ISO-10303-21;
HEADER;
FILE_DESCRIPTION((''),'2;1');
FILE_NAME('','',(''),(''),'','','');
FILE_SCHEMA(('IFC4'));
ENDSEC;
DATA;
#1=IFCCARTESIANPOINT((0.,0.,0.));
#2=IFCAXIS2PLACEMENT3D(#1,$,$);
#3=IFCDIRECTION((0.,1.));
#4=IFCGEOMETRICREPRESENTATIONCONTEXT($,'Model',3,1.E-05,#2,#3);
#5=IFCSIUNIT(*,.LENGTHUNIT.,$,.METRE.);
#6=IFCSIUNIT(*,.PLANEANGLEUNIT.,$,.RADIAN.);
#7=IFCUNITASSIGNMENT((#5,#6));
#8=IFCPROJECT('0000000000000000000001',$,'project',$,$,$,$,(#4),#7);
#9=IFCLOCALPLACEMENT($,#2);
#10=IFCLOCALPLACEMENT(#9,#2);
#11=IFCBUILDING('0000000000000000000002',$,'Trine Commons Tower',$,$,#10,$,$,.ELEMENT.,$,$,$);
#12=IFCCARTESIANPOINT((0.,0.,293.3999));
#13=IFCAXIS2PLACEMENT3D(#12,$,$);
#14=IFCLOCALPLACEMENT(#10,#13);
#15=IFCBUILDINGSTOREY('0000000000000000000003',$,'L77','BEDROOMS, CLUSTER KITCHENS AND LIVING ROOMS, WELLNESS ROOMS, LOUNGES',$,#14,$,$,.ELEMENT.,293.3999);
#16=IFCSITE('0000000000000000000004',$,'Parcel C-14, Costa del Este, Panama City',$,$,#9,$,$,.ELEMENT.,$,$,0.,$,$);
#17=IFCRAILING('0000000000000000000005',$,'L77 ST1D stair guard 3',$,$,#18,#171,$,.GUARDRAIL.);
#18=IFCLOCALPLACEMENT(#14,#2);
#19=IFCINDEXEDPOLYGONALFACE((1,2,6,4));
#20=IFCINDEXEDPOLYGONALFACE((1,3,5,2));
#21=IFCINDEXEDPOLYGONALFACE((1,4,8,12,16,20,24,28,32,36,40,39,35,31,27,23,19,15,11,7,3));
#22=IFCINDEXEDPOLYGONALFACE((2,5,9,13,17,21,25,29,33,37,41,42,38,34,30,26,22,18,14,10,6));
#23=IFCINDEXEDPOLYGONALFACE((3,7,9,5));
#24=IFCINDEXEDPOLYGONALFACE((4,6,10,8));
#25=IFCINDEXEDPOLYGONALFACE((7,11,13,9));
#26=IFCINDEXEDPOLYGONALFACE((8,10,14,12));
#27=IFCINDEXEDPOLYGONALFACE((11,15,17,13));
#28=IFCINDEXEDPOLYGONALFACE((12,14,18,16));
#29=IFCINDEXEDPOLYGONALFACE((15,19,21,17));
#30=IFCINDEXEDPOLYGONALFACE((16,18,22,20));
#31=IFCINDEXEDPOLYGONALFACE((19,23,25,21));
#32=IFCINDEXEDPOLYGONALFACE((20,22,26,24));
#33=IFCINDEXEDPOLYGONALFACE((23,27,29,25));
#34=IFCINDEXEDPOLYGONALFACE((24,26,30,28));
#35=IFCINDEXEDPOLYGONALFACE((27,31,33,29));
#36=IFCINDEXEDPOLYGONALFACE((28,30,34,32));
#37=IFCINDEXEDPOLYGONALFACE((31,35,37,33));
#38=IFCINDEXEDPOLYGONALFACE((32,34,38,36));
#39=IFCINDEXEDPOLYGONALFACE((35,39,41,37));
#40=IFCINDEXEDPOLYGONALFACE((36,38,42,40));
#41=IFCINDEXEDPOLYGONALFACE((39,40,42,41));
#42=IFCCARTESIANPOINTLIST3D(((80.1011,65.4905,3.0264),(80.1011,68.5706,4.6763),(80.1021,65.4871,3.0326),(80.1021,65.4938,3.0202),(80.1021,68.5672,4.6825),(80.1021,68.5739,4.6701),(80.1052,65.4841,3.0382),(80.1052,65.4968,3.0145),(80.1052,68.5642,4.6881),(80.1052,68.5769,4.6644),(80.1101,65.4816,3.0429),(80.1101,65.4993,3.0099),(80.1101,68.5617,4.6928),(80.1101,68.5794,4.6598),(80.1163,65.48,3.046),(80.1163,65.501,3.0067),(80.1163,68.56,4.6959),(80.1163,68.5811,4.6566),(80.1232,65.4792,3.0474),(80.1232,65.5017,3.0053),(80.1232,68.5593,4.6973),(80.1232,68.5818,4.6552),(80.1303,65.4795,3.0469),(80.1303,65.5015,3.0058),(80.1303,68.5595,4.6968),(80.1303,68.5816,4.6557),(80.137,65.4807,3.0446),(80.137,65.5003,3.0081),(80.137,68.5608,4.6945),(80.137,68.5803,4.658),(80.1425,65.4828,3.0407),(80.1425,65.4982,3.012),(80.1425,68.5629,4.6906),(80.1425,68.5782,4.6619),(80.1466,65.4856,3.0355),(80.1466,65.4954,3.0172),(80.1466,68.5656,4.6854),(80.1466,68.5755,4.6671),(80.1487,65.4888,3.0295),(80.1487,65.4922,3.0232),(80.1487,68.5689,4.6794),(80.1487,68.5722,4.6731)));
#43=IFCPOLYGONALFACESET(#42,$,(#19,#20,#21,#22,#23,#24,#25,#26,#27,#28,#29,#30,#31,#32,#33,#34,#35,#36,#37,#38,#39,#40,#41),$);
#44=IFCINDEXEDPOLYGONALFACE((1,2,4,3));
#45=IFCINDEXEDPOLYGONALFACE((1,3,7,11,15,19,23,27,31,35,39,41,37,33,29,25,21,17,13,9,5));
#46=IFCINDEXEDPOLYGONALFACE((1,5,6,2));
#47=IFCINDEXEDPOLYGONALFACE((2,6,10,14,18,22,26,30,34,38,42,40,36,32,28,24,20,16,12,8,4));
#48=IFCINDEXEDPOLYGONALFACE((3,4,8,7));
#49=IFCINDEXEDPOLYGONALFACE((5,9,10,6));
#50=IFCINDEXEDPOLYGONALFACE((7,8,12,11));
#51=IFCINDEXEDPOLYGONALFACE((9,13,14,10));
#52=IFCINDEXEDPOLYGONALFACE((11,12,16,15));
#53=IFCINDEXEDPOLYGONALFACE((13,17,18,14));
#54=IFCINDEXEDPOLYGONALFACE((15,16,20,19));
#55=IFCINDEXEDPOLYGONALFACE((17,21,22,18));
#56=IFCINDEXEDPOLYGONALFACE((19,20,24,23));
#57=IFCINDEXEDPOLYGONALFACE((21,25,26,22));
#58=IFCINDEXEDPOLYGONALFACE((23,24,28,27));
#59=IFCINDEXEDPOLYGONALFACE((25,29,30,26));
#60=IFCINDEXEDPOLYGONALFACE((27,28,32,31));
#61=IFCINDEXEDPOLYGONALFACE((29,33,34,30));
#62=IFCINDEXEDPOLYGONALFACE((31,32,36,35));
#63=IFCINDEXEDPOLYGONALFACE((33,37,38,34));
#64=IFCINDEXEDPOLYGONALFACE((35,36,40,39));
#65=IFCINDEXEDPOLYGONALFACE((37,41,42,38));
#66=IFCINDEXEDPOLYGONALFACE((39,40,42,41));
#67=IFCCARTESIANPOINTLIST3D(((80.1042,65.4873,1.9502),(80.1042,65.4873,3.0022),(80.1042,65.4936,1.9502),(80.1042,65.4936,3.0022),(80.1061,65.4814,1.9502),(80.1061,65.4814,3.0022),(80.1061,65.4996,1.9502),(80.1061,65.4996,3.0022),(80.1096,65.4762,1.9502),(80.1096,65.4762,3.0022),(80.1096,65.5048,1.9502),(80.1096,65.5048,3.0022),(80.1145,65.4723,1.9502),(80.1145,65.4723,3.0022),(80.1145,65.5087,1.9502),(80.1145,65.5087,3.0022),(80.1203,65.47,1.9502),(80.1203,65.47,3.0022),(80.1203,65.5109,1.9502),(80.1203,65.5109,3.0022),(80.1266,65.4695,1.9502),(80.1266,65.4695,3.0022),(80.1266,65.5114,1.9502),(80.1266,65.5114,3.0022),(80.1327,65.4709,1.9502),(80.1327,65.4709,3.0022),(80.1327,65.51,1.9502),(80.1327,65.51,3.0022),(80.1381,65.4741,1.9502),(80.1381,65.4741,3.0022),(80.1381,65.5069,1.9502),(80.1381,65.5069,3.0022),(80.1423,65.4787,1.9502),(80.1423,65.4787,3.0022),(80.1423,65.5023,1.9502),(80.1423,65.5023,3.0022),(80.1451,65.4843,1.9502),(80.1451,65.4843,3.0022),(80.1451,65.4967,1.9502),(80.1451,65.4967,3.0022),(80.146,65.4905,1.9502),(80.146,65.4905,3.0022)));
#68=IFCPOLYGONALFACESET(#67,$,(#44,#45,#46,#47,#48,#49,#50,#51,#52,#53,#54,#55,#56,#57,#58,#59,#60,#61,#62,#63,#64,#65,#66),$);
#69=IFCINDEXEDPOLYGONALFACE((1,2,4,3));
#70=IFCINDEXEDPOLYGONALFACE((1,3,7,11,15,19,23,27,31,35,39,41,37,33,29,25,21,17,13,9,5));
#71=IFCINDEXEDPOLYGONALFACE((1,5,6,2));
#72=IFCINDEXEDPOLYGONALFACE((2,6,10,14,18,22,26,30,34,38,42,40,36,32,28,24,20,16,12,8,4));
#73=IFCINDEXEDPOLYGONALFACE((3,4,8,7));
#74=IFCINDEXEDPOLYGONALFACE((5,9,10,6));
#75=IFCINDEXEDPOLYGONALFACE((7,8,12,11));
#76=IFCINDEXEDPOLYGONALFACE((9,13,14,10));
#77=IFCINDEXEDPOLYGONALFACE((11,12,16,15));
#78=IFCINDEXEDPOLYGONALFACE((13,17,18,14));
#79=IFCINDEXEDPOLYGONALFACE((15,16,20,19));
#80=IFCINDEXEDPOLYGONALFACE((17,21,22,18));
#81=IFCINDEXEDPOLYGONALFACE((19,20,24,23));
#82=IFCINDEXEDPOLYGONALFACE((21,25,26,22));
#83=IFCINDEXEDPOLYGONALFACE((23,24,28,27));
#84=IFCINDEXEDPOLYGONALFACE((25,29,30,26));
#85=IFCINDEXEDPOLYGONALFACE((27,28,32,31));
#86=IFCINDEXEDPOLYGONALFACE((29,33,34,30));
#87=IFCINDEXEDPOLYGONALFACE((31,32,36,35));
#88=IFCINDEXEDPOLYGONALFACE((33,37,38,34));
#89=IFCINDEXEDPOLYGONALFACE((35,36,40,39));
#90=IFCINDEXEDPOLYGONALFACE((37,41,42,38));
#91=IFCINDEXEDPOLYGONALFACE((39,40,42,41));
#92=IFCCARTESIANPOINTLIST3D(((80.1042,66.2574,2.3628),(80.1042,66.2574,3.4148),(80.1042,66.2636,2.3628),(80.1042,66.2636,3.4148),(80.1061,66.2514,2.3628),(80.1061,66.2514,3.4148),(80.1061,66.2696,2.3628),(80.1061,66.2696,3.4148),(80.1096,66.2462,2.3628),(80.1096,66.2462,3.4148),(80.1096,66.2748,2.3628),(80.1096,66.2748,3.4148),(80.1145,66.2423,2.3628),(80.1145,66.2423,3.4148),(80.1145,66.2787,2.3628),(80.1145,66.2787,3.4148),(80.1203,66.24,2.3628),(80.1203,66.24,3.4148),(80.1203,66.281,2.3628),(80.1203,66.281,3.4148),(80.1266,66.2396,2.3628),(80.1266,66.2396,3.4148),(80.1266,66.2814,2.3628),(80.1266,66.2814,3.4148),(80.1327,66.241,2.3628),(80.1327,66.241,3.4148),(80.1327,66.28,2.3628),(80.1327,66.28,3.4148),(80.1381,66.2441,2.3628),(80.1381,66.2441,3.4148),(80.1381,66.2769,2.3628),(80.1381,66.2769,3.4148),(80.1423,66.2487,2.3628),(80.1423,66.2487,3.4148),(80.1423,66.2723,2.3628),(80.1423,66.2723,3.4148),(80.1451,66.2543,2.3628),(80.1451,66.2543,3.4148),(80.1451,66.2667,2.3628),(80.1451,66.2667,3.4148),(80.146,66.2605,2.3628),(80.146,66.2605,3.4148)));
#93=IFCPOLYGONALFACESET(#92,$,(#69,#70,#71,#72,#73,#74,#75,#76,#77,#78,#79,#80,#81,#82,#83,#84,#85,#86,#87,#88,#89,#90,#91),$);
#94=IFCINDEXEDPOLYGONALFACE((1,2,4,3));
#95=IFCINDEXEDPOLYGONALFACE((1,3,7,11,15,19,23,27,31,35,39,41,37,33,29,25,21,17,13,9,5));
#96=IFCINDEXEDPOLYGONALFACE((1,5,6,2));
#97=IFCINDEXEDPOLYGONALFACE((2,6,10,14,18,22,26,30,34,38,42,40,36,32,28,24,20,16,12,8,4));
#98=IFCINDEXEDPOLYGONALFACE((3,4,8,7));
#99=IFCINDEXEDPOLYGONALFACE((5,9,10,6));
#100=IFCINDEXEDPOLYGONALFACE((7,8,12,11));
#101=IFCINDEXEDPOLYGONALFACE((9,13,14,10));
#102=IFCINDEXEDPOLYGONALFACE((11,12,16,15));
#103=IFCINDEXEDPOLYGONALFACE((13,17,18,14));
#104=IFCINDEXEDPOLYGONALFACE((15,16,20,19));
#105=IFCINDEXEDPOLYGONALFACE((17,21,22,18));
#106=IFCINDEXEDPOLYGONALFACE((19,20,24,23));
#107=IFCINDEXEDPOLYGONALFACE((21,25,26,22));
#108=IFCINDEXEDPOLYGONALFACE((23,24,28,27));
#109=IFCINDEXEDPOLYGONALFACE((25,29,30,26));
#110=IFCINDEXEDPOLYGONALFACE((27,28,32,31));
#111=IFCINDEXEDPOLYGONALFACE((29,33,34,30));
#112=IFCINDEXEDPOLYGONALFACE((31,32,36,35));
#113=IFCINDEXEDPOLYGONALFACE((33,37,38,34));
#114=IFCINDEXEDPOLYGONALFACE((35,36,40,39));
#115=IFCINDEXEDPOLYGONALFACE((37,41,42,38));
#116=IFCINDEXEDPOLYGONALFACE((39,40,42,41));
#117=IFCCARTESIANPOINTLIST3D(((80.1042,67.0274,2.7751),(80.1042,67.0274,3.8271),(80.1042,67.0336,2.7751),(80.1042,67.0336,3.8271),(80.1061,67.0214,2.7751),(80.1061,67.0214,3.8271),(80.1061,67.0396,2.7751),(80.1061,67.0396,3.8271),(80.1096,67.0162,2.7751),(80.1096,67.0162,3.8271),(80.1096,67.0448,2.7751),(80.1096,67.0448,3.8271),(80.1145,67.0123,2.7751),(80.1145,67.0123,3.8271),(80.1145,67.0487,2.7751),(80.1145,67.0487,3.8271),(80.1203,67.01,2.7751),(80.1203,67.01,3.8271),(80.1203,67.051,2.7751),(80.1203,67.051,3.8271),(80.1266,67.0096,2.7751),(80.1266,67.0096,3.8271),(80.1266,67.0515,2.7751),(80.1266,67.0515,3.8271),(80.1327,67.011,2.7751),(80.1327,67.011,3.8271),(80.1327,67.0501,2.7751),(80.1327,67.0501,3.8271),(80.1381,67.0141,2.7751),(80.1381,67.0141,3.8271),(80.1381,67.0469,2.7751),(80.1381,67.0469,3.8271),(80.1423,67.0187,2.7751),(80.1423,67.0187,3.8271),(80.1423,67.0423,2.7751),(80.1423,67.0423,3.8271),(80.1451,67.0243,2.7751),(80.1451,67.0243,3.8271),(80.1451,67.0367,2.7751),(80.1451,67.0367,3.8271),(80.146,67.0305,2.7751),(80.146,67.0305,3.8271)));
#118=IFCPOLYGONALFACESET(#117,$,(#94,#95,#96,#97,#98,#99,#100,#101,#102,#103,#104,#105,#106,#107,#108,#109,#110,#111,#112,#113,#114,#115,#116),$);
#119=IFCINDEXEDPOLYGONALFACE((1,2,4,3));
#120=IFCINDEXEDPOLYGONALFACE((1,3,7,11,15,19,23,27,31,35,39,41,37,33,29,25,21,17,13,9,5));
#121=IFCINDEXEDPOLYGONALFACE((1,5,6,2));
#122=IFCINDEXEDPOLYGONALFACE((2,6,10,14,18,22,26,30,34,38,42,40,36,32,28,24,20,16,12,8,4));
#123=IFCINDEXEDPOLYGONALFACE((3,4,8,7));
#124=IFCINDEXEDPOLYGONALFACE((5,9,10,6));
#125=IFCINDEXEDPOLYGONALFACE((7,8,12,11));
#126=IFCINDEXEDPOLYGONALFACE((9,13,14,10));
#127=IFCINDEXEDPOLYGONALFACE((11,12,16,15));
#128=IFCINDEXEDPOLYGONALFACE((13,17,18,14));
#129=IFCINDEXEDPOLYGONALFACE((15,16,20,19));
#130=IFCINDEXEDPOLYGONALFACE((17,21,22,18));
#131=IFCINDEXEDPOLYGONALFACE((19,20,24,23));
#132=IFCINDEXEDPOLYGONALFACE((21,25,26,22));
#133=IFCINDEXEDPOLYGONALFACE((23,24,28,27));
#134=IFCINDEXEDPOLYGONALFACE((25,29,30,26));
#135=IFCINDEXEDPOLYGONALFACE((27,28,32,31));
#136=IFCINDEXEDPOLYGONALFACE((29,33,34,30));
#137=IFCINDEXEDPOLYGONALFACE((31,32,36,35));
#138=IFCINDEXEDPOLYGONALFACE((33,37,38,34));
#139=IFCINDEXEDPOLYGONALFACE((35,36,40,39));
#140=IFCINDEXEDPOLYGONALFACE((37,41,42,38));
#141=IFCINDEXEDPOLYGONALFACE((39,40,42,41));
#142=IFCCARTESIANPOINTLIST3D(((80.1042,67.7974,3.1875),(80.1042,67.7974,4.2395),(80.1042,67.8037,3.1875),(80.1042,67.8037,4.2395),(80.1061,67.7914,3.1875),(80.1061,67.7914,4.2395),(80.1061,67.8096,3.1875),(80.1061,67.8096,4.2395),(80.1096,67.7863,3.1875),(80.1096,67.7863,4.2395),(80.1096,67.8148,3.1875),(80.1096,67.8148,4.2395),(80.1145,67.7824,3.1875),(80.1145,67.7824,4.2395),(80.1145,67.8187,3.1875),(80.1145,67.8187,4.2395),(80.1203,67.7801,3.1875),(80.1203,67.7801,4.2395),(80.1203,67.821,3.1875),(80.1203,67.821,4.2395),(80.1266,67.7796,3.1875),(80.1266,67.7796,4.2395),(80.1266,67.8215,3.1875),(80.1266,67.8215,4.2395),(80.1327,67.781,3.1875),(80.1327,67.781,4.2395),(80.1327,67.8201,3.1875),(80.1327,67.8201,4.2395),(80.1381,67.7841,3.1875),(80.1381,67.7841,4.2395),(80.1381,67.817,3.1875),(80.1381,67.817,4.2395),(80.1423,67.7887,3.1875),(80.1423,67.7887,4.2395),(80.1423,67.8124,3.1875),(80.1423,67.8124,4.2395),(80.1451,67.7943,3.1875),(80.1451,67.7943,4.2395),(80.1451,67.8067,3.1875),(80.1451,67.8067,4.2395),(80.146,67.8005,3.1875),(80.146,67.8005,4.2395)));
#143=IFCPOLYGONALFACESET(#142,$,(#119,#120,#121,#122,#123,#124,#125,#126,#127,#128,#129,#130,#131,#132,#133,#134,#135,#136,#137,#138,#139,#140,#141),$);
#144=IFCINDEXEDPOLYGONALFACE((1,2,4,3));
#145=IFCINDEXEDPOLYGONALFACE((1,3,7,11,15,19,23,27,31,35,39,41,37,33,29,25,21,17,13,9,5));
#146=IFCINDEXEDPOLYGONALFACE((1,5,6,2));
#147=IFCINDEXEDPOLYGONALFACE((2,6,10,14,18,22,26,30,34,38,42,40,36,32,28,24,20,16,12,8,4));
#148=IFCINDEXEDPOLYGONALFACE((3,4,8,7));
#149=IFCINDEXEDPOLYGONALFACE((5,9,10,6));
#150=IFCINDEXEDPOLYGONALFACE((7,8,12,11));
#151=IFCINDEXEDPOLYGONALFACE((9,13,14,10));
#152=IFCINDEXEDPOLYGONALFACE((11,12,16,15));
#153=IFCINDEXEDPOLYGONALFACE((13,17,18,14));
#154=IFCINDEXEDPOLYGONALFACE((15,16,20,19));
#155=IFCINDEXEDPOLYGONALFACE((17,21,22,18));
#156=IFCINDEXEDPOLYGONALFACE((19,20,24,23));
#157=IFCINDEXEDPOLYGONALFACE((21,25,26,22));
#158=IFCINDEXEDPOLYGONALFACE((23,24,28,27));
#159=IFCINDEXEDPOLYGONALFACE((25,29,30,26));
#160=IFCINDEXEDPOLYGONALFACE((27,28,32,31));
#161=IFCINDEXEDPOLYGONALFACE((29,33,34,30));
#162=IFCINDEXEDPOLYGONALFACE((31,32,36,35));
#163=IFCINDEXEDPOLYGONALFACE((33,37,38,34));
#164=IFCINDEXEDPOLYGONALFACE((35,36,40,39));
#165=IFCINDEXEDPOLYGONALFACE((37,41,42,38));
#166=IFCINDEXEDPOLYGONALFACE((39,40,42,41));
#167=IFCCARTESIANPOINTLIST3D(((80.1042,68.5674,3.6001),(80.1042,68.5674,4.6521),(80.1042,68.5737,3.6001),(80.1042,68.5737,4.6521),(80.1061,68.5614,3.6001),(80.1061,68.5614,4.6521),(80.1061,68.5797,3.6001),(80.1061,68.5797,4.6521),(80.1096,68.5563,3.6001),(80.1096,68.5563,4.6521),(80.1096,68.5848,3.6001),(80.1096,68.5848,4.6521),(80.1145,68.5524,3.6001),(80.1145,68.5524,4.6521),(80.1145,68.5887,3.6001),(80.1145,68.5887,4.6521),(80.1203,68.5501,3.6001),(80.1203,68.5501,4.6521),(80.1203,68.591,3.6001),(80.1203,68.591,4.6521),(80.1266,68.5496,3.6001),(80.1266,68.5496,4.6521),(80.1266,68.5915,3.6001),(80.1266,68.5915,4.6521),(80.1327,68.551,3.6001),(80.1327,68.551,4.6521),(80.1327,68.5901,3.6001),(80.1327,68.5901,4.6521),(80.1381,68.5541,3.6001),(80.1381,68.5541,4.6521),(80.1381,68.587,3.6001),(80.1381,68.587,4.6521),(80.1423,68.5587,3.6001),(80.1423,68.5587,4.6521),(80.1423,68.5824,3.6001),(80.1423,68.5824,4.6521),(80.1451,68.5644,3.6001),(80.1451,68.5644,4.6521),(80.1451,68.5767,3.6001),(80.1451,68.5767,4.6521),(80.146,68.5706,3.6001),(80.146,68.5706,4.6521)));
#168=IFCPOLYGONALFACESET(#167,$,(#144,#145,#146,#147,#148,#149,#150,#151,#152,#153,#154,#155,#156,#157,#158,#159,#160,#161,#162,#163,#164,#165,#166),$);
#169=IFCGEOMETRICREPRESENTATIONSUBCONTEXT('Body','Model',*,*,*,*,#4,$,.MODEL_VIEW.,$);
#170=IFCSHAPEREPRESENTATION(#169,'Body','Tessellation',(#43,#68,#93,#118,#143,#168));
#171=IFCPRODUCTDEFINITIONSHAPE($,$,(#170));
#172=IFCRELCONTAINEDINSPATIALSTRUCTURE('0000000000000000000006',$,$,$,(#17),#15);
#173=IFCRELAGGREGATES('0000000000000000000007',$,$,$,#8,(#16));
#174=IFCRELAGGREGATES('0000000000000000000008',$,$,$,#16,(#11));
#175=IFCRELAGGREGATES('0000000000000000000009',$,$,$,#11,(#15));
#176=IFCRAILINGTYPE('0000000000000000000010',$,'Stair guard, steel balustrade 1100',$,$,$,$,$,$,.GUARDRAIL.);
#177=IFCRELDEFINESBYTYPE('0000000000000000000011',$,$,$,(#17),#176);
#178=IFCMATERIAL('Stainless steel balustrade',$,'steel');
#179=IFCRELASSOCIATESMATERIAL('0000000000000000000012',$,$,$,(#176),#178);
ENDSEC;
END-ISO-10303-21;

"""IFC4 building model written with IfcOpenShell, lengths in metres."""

from ifc_helpers import new_model, si_unit, direction, frame, origin, origin_2d, place, context, subcontext, project, spatial, circle, extrude, material, type_object, element, save


model = new_model("IFC4")

# Units and contexts
model_context = context("Model", 3, precision=1e-05, world=origin(), true_north=direction((0.0, 1.0)))
body_context = subcontext(model_context, "Body", "Model", "MODEL_VIEW")
ifc_project = project(units=[si_unit("LENGTHUNIT", "METRE"), si_unit("PLANEANGLEUNIT", "RADIAN")], contexts=[model_context])

# Site, building, storey
site_placement = place(None, origin())
site = spatial("IfcSite", under=ifc_project, at=site_placement, Name="Parcel C-14, Costa del Este, Panama City", CompositionType="ELEMENT", RefElevation=0.0)
building_placement = place(site_placement, origin())
building = spatial("IfcBuilding", under=site, at=building_placement, Name="Trine Commons Tower", CompositionType="ELEMENT")
storey_placement = place(building_placement, frame((0.0, 0.0, 293.3999)))
storey = spatial("IfcBuildingStorey", under=building, at=storey_placement, Name="L77", Description="BEDROOMS, CLUSTER KITCHENS AND LIVING ROOMS, WELLNESS ROOMS, LOUNGES", CompositionType="ELEMENT", Elevation=293.3999)

# Railing
ifc_material_1 = material(Name="Stainless steel balustrade", Category="steel")
railing_type_1 = type_object("IfcRailingType", Name="Stair guard, steel balustrade 1100", PredefinedType="GUARDRAIL", material=ifc_material_1)
railing_1_placement = place(storey_placement, frame((80.125, 65.4905, 1.9502)))
element("IfcRailing", 1, at=railing_1_placement, inside=storey, type_object=railing_type_1, Name="L77 ST1D stair guard 3", PredefinedType="GUARDRAIL", context=body_context, shape_type="SweptSolid", body=[
    extrude(circle(Radius=0.0239, at=origin_2d()), frame((0.0, 0.0, 1.0762), z_axis=(0.0, 0.881497, 0.47219), x_axis=(-1.0, 0.0, 0.0)), (0.0, 0.0, 1.0), 3.4941),
    extrude(circle(Radius=0.021, at=origin_2d()), origin(), (0.0, 0.0, 1.0), 1.052),
    extrude(circle(Radius=0.021, at=origin_2d()), frame((0.0, 0.77, 0.4126)), (0.0, 0.0, 1.0), 1.052),
    extrude(circle(Radius=0.021, at=origin_2d()), frame((0.0, 1.54, 0.825)), (0.0, 0.0, 1.0), 1.052),
    extrude(circle(Radius=0.021, at=origin_2d()), frame((0.0, 2.3101, 1.2373)), (0.0, 0.0, 1.0), 1.052),
    extrude(circle(Radius=0.021, at=origin_2d()), frame((0.0, 3.0801, 1.6499)), (0.0, 0.0, 1.0), 1.052),
])

save(model, "model.ifc")
